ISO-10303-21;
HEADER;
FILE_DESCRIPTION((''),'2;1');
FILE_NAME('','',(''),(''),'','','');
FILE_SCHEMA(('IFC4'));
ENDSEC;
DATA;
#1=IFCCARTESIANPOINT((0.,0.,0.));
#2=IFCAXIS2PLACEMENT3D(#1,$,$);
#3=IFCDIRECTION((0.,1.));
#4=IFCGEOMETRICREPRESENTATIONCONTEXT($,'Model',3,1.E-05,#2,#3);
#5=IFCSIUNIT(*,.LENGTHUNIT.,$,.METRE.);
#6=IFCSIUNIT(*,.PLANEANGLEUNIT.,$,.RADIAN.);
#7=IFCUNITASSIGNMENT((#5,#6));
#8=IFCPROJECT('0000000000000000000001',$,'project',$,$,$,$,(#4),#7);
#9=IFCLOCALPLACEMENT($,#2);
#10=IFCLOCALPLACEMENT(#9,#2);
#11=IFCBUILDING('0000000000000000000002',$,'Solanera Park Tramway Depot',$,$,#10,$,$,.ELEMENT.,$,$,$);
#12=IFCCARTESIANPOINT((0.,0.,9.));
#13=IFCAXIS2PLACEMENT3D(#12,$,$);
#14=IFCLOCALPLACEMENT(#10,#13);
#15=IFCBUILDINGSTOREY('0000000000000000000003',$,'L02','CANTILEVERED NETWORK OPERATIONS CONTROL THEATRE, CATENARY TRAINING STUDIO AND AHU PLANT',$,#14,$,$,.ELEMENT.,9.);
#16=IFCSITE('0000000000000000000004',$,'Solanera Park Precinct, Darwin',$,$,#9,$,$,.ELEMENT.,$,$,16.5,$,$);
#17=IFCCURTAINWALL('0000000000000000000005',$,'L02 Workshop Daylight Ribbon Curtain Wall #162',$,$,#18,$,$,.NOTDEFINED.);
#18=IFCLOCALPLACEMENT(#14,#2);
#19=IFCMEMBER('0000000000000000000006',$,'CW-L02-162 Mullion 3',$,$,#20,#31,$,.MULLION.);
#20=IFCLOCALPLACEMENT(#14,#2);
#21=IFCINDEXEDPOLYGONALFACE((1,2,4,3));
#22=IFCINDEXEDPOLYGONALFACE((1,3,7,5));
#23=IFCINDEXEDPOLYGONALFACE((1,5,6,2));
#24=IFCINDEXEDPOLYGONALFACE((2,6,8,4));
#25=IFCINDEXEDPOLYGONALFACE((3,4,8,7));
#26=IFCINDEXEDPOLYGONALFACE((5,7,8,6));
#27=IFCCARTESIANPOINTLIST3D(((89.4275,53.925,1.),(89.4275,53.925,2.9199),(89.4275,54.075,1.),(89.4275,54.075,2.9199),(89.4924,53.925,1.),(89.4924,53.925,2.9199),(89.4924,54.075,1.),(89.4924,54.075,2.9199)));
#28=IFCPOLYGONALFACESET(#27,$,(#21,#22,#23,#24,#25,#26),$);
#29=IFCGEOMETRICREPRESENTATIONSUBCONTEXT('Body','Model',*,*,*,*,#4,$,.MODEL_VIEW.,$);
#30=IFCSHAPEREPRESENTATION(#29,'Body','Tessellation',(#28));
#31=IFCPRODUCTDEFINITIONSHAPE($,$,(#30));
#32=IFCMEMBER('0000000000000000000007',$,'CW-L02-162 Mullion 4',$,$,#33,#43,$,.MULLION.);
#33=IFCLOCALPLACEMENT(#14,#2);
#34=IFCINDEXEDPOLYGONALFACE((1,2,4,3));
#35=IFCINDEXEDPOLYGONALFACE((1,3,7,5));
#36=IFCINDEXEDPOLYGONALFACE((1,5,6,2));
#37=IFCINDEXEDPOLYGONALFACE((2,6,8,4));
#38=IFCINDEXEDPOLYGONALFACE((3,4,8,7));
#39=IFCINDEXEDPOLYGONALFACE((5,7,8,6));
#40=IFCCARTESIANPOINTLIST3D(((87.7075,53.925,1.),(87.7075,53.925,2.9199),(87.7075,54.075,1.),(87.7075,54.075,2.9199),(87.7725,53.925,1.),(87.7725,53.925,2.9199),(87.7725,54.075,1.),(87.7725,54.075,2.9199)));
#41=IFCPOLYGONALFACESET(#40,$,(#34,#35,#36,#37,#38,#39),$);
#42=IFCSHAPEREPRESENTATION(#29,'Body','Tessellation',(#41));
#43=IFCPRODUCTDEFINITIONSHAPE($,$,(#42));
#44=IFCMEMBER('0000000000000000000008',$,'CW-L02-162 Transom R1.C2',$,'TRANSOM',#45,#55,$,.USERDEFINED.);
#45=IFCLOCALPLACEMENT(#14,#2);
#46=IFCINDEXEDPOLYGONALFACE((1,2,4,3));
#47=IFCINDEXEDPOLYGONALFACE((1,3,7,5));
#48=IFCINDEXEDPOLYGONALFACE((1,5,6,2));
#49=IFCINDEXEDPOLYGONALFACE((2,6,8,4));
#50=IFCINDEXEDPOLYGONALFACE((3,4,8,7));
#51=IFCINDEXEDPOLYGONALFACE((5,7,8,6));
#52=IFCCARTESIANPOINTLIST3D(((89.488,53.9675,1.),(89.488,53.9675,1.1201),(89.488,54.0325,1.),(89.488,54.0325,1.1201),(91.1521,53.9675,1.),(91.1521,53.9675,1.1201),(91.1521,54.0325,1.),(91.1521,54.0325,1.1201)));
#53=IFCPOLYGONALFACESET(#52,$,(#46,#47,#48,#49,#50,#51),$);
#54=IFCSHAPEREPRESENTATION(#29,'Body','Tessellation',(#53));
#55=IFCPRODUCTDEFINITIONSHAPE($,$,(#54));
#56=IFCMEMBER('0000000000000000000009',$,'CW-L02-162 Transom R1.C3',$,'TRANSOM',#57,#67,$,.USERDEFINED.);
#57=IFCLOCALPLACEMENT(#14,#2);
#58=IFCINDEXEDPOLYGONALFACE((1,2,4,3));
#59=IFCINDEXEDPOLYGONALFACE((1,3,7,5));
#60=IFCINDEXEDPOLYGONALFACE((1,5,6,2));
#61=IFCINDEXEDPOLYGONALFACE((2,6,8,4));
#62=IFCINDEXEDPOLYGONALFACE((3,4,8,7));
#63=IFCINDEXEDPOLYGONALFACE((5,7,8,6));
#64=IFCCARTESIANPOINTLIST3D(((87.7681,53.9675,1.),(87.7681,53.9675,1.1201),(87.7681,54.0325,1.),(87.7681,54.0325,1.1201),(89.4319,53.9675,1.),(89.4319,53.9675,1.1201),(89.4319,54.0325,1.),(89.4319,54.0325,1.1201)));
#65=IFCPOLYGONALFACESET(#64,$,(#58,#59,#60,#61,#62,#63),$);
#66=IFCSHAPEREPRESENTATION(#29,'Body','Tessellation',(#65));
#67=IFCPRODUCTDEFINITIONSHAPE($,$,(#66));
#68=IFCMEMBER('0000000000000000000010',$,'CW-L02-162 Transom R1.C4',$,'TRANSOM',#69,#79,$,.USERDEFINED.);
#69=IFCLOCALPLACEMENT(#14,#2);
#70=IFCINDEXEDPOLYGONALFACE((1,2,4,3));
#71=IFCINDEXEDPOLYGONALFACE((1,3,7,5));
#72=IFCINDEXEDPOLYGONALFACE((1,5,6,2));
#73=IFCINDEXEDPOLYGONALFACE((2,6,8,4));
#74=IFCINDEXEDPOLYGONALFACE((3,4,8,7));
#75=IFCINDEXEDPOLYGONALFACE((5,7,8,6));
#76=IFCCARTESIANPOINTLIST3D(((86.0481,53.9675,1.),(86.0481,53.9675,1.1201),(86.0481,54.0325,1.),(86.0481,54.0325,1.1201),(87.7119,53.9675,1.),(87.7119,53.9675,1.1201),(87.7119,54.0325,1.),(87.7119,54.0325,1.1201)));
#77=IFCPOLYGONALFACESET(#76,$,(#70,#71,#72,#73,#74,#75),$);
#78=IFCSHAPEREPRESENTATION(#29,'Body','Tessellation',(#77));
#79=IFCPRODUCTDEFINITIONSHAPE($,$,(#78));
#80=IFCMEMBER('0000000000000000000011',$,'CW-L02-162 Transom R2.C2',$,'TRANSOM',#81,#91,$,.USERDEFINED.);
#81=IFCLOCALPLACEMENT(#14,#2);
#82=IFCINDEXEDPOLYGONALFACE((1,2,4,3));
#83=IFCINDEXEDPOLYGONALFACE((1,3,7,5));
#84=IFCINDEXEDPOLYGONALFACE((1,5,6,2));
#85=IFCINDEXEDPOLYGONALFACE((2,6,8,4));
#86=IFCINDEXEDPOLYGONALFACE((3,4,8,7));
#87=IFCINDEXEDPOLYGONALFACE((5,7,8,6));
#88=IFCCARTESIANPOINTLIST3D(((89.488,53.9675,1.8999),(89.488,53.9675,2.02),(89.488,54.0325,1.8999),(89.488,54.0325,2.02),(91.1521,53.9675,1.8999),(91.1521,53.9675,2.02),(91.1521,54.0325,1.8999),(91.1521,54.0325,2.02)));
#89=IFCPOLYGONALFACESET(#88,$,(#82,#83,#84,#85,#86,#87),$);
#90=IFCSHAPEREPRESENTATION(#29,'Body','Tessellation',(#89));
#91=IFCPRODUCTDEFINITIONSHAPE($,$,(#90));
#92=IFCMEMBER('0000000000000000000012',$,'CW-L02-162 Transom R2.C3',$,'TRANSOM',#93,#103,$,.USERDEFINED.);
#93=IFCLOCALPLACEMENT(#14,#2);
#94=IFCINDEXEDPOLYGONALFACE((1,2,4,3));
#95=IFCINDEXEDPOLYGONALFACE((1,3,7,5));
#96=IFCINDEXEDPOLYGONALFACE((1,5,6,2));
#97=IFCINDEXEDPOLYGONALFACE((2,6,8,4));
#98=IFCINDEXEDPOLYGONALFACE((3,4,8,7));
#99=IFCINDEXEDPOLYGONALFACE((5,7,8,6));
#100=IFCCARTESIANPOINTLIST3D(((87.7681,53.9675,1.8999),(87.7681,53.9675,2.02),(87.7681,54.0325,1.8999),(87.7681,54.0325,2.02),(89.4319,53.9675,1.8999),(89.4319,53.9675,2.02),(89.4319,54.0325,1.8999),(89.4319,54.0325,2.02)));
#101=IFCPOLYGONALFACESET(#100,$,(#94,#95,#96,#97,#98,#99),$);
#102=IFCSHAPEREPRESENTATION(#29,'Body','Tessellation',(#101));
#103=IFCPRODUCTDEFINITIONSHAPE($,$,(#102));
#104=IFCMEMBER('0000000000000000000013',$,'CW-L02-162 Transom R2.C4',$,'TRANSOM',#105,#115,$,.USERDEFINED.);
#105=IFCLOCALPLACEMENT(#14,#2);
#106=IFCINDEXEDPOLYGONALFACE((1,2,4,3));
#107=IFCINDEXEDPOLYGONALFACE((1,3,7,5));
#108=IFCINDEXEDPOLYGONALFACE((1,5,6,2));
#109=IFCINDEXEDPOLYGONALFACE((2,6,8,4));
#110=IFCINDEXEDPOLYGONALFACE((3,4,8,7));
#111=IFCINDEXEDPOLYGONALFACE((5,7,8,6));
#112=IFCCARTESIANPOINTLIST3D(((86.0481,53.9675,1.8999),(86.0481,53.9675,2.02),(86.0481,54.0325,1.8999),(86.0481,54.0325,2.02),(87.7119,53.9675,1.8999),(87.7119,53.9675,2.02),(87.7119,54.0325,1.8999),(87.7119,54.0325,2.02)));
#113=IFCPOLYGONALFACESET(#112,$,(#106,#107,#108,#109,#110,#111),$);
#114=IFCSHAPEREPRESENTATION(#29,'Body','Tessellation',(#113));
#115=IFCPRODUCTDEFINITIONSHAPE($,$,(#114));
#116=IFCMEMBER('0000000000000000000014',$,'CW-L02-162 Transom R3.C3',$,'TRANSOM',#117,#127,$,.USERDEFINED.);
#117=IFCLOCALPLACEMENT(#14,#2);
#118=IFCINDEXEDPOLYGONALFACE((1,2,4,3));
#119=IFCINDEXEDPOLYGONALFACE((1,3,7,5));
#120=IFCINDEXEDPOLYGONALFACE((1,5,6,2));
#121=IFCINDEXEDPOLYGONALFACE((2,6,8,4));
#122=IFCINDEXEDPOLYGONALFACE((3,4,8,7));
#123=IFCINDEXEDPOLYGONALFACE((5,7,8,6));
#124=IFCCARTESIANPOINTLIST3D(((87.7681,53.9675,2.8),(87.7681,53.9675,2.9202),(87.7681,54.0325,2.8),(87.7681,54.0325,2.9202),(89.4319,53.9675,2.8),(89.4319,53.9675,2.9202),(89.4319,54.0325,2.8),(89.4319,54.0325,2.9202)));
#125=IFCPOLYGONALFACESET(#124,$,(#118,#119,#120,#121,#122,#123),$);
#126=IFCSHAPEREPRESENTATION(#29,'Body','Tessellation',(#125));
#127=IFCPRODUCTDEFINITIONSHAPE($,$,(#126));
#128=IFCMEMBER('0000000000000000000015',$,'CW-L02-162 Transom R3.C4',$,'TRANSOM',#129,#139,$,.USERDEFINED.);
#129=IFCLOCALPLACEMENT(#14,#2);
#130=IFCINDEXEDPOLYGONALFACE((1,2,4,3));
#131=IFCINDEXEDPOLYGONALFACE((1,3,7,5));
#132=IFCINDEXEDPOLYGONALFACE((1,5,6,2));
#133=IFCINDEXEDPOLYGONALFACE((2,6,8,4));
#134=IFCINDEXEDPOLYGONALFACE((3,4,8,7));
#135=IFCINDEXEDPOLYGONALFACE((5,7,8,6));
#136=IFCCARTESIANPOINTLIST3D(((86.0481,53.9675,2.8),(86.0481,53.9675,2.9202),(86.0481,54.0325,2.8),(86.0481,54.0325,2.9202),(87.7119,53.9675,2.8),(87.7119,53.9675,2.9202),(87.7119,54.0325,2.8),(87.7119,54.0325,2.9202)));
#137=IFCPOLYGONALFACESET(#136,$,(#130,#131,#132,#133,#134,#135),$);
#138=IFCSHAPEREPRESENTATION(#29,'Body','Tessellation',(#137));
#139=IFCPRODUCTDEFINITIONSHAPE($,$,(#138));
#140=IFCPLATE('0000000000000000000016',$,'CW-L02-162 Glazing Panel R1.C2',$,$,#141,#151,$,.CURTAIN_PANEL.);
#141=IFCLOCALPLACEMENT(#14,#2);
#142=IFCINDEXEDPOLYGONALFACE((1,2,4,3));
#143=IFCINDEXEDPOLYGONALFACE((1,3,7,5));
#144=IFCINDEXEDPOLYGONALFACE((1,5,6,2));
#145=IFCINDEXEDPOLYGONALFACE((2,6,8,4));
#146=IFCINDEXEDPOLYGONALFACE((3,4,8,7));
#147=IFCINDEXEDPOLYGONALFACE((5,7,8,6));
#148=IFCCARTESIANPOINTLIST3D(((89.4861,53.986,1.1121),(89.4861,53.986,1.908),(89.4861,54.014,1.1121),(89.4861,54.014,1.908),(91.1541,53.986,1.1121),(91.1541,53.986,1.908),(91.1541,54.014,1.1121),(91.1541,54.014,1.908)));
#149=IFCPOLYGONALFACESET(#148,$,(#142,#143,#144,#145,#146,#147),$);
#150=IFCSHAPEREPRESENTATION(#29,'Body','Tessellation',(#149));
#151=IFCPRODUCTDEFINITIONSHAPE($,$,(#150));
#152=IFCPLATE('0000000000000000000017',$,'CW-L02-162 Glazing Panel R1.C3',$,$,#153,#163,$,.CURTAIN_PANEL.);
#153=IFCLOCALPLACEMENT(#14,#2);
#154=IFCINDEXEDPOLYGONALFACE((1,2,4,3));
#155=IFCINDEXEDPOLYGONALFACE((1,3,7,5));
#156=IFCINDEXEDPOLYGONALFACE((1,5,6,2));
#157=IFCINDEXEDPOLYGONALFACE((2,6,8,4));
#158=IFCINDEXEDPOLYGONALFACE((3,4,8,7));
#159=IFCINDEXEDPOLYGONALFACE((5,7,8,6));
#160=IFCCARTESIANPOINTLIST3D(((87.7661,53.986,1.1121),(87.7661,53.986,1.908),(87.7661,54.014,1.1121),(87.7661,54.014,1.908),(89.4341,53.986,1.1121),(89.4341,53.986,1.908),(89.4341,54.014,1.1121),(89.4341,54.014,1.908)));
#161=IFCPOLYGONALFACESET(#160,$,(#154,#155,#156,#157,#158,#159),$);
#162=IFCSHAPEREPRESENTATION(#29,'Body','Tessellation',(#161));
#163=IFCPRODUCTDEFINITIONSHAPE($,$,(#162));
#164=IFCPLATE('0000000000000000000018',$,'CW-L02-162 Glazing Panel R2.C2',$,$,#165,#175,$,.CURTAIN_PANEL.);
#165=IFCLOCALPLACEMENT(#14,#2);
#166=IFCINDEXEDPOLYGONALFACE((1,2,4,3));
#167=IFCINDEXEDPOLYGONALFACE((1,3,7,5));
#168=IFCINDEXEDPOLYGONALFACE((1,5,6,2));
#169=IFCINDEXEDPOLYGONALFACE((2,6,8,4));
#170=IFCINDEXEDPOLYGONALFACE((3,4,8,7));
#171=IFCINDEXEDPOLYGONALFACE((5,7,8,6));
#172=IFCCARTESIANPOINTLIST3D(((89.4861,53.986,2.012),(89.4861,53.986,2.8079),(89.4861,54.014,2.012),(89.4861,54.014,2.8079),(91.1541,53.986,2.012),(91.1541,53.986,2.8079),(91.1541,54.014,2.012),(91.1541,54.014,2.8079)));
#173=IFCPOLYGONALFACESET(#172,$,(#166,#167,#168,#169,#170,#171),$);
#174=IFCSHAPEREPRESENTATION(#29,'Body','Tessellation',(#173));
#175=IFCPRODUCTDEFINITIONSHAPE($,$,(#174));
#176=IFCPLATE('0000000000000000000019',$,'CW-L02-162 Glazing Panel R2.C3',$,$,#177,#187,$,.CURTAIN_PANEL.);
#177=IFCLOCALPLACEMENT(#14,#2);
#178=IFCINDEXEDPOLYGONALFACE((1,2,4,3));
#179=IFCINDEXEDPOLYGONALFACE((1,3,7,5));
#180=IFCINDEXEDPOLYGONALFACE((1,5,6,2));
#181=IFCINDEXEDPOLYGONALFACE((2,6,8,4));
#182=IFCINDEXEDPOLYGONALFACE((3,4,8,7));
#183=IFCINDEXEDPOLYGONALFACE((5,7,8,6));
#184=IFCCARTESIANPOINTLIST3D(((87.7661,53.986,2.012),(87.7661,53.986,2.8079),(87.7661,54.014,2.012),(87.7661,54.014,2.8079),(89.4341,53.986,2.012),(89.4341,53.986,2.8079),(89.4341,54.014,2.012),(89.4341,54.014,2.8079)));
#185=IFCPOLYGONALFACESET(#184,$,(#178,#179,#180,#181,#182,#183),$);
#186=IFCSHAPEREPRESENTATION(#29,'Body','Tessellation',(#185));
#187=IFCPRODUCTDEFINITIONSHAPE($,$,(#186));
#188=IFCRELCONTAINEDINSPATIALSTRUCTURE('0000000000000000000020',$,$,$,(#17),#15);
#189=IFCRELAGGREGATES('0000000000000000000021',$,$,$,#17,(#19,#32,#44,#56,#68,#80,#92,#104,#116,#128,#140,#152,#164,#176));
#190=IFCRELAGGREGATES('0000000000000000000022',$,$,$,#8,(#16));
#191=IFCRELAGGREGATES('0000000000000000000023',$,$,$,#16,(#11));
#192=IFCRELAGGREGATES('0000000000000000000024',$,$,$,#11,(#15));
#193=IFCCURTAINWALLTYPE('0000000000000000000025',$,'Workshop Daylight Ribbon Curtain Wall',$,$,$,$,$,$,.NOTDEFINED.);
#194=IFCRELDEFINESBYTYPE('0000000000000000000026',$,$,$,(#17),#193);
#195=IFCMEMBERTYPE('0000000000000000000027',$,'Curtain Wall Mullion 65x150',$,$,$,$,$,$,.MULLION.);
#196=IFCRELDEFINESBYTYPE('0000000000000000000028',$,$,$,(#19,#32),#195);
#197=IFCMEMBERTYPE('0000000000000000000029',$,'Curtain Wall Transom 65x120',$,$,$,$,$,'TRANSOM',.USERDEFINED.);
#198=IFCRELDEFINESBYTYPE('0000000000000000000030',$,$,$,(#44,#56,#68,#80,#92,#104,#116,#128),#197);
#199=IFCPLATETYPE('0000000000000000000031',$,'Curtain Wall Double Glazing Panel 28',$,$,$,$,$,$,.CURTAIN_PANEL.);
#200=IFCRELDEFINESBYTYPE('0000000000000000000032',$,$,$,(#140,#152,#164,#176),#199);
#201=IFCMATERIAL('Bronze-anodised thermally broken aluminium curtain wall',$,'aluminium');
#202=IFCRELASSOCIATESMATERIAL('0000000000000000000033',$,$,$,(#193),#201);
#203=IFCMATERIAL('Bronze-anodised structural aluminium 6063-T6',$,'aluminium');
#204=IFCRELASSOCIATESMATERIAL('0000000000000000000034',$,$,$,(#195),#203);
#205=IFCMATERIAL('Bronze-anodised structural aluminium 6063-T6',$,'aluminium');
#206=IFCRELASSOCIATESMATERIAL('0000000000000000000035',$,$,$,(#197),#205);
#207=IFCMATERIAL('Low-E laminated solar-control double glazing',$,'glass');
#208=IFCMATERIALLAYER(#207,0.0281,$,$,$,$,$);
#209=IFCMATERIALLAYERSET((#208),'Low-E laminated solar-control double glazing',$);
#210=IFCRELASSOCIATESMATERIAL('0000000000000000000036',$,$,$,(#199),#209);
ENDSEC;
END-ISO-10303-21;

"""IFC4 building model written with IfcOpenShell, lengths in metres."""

from ifc_helpers import new_model, si_unit, direction, frame, origin, origin_2d, place, context, subcontext, project, spatial, rectangle, extrude, material, layer, layer_set, material_profile, profile_set, type_object, element, aggregate, save


model = new_model("IFC4")

# Units and contexts
model_context = context("Model", 3, precision=1e-05, world=origin(), true_north=direction((0.0, 1.0)))
body_context = subcontext(model_context, "Body", "Model", "MODEL_VIEW")
ifc_project = project(units=[si_unit("LENGTHUNIT", "METRE"), si_unit("PLANEANGLEUNIT", "RADIAN")], contexts=[model_context])

# Site, building, storey
site_placement = place(None, origin())
site = spatial("IfcSite", under=ifc_project, at=site_placement, Name="Solanera Park Precinct, Darwin", CompositionType="ELEMENT", RefElevation=16.5)
building_placement = place(site_placement, origin())
building = spatial("IfcBuilding", under=site, at=building_placement, Name="Solanera Park Tramway Depot", CompositionType="ELEMENT")
storey_placement = place(building_placement, frame((0.0, 0.0, 9.0)))
storey = spatial("IfcBuildingStorey", under=building, at=storey_placement, Name="L02", Description="CANTILEVERED NETWORK OPERATIONS CONTROL THEATRE, CATENARY TRAINING STUDIO AND AHU PLANT", CompositionType="ELEMENT", Elevation=9.0)

# Curtain wall, members, plates
ifc_material_1 = material(Name="Bronze-anodised thermally broken aluminium curtain wall", Category="aluminium")
curtain_wall_type = type_object("IfcCurtainWallType", Name="Workshop Daylight Ribbon Curtain Wall", PredefinedType="NOTDEFINED", material=ifc_material_1)
curtain_wall_placement = place(storey_placement, origin())
curtain_wall = element("IfcCurtainWall", 1, at=curtain_wall_placement, inside=storey, type_object=curtain_wall_type, Name="L02 Workshop Daylight Ribbon Curtain Wall #162", PredefinedType="NOTDEFINED")
ifc_material_2 = material(Name="Bronze-anodised structural aluminium 6063-T6", Category="aluminium")
ifc_material_profile_1 = material_profile(ifc_material_2, rectangle(XDim=0.0649, YDim=0.1499, at=origin_2d()), Name="Curtain Wall Mullion 65x150")
ifc_profile_set_1 = profile_set([ifc_material_profile_1], Name="Bronze-anodised structural aluminium 6063-T6")
member_type_1 = type_object("IfcMemberType", Name="Curtain Wall Mullion 65x150", PredefinedType="MULLION", material=ifc_profile_set_1)
member_1_placement = place(storey_placement, frame((89.46, 54.0, 1.0), z_axis=(0.0, 0.0, 1.0), x_axis=(1.0, 0.0, 0.0)))
member_1 = element("IfcMember", 2, at=member_1_placement, type_object=member_type_1, Name="CW-L02-162 Mullion 3", PredefinedType="MULLION", context=body_context, shape_type="SweptSolid", body=[
    extrude(rectangle(XDim=0.0649, YDim=0.1499, at=origin_2d()), origin(), (0.0, 0.0, 1.0), 1.9199),
])
member_2_placement = place(storey_placement, frame((87.74, 54.0, 1.0), z_axis=(0.0, 0.0, 1.0), x_axis=(1.0, 0.0, 0.0)))
member_2 = element("IfcMember", 3, at=member_2_placement, type_object=member_type_1, Name="CW-L02-162 Mullion 4", PredefinedType="MULLION", context=body_context, shape_type="SweptSolid", body=[
    extrude(rectangle(XDim=0.0649, YDim=0.1499, at=origin_2d()), origin(), (0.0, 0.0, 1.0), 1.9199),
])
ifc_material_3 = material(Name="Bronze-anodised structural aluminium 6063-T6", Category="aluminium")
ifc_material_profile_2 = material_profile(ifc_material_3, rectangle(XDim=0.0649, YDim=0.1201, at=origin_2d()), Name="Curtain Wall Transom 65x120")
ifc_profile_set_2 = profile_set([ifc_material_profile_2], Name="Bronze-anodised structural aluminium 6063-T6")
member_type_2 = type_object("IfcMemberType", Name="Curtain Wall Transom 65x120", ElementType="TRANSOM", PredefinedType="USERDEFINED", material=ifc_profile_set_2)
member_3_placement = place(storey_placement, frame((91.1521, 54.0, 1.0601), z_axis=(-1.0, 0.0, 0.0), x_axis=(0.0, -1.0, 0.0)))
member_3 = element("IfcMember", 4, at=member_3_placement, type_object=member_type_2, Name="CW-L02-162 Transom R1.C2", ObjectType="TRANSOM", PredefinedType="USERDEFINED", context=body_context, shape_type="SweptSolid", body=[
    extrude(rectangle(XDim=0.0649, YDim=0.1201, at=origin_2d()), origin(), (0.0, 0.0, 1.0), 1.6641),
])
member_4_placement = place(storey_placement, frame((89.4319, 54.0, 1.0601), z_axis=(-1.0, 0.0, 0.0), x_axis=(0.0, -1.0, 0.0)))
member_4 = element("IfcMember", 5, at=member_4_placement, type_object=member_type_2, Name="CW-L02-162 Transom R1.C3", ObjectType="TRANSOM", PredefinedType="USERDEFINED", context=body_context, shape_type="SweptSolid", body=[
    extrude(rectangle(XDim=0.0649, YDim=0.1201, at=origin_2d()), origin(), (0.0, 0.0, 1.0), 1.6638),
])
member_5_placement = place(storey_placement, frame((87.7119, 54.0, 1.0601), z_axis=(-1.0, 0.0, 0.0), x_axis=(0.0, -1.0, 0.0)))
member_5 = element("IfcMember", 6, at=member_5_placement, type_object=member_type_2, Name="CW-L02-162 Transom R1.C4", ObjectType="TRANSOM", PredefinedType="USERDEFINED", context=body_context, shape_type="SweptSolid", body=[
    extrude(rectangle(XDim=0.0649, YDim=0.1201, at=origin_2d()), origin(), (0.0, 0.0, 1.0), 1.6638),
])
member_6_placement = place(storey_placement, frame((91.1521, 54.0, 1.96), z_axis=(-1.0, 0.0, 0.0), x_axis=(0.0, -1.0, 0.0)))
member_6 = element("IfcMember", 7, at=member_6_placement, type_object=member_type_2, Name="CW-L02-162 Transom R2.C2", ObjectType="TRANSOM", PredefinedType="USERDEFINED", context=body_context, shape_type="SweptSolid", body=[
    extrude(rectangle(XDim=0.0649, YDim=0.1201, at=origin_2d()), origin(), (0.0, 0.0, 1.0), 1.6641),
])
member_7_placement = place(storey_placement, frame((89.4319, 54.0, 1.96), z_axis=(-1.0, 0.0, 0.0), x_axis=(0.0, -1.0, 0.0)))
member_7 = element("IfcMember", 8, at=member_7_placement, type_object=member_type_2, Name="CW-L02-162 Transom R2.C3", ObjectType="TRANSOM", PredefinedType="USERDEFINED", context=body_context, shape_type="SweptSolid", body=[
    extrude(rectangle(XDim=0.0649, YDim=0.1201, at=origin_2d()), origin(), (0.0, 0.0, 1.0), 1.6638),
])
member_8_placement = place(storey_placement, frame((87.7119, 54.0, 1.96), z_axis=(-1.0, 0.0, 0.0), x_axis=(0.0, -1.0, 0.0)))
member_8 = element("IfcMember", 9, at=member_8_placement, type_object=member_type_2, Name="CW-L02-162 Transom R2.C4", ObjectType="TRANSOM", PredefinedType="USERDEFINED", context=body_context, shape_type="SweptSolid", body=[
    extrude(rectangle(XDim=0.0649, YDim=0.1201, at=origin_2d()), origin(), (0.0, 0.0, 1.0), 1.6638),
])
member_9_placement = place(storey_placement, frame((89.4319, 54.0, 2.8601), z_axis=(-1.0, 0.0, 0.0), x_axis=(0.0, -1.0, 0.0)))
member_9 = element("IfcMember", 10, at=member_9_placement, type_object=member_type_2, Name="CW-L02-162 Transom R3.C3", ObjectType="TRANSOM", PredefinedType="USERDEFINED", context=body_context, shape_type="SweptSolid", body=[
    extrude(rectangle(XDim=0.0649, YDim=0.1201, at=origin_2d()), origin(), (0.0, 0.0, 1.0), 1.6638),
])
member_10_placement = place(storey_placement, frame((87.7119, 54.0, 2.8601), z_axis=(-1.0, 0.0, 0.0), x_axis=(0.0, -1.0, 0.0)))
member_10 = element("IfcMember", 11, at=member_10_placement, type_object=member_type_2, Name="CW-L02-162 Transom R3.C4", ObjectType="TRANSOM", PredefinedType="USERDEFINED", context=body_context, shape_type="SweptSolid", body=[
    extrude(rectangle(XDim=0.0649, YDim=0.1201, at=origin_2d()), origin(), (0.0, 0.0, 1.0), 1.6638),
])
ifc_material_4 = material(Name="Low-E laminated solar-control double glazing", Category="glass")
ifc_layer = layer(ifc_material_4, 0.0281)
ifc_layer_set = layer_set([ifc_layer], Name="Low-E laminated solar-control double glazing")
plate_type = type_object("IfcPlateType", Name="Curtain Wall Double Glazing Panel 28", PredefinedType="CURTAIN_PANEL", material=ifc_layer_set)
plate_1_placement = place(storey_placement, frame((90.3201, 54.0, 1.1121), z_axis=(0.0, 0.0, 1.0), x_axis=(-1.0, 0.0, 0.0)))
plate_1 = element("IfcPlate", 12, at=plate_1_placement, type_object=plate_type, Name="CW-L02-162 Glazing Panel R1.C2", PredefinedType="CURTAIN_PANEL", context=body_context, shape_type="SweptSolid", body=[
    extrude(rectangle(XDim=1.668, YDim=0.0281, at=origin_2d()), origin(), (0.0, 0.0, 1.0), 0.7959),
])
plate_2_placement = place(storey_placement, frame((88.6001, 54.0, 1.1121), z_axis=(0.0, 0.0, 1.0), x_axis=(-1.0, 0.0, 0.0)))
plate_2 = element("IfcPlate", 13, at=plate_2_placement, type_object=plate_type, Name="CW-L02-162 Glazing Panel R1.C3", PredefinedType="CURTAIN_PANEL", context=body_context, shape_type="SweptSolid", body=[
    extrude(rectangle(XDim=1.668, YDim=0.0281, at=origin_2d()), origin(), (0.0, 0.0, 1.0), 0.7959),
])
plate_3_placement = place(storey_placement, frame((90.3201, 54.0, 2.012), z_axis=(0.0, 0.0, 1.0), x_axis=(-1.0, 0.0, 0.0)))
plate_3 = element("IfcPlate", 14, at=plate_3_placement, type_object=plate_type, Name="CW-L02-162 Glazing Panel R2.C2", PredefinedType="CURTAIN_PANEL", context=body_context, shape_type="SweptSolid", body=[
    extrude(rectangle(XDim=1.668, YDim=0.0281, at=origin_2d()), origin(), (0.0, 0.0, 1.0), 0.7959),
])
plate_4_placement = place(storey_placement, frame((88.6001, 54.0, 2.012), z_axis=(0.0, 0.0, 1.0), x_axis=(-1.0, 0.0, 0.0)))
plate_4 = element("IfcPlate", 15, at=plate_4_placement, type_object=plate_type, Name="CW-L02-162 Glazing Panel R2.C3", PredefinedType="CURTAIN_PANEL", context=body_context, shape_type="SweptSolid", body=[
    extrude(rectangle(XDim=1.668, YDim=0.0281, at=origin_2d()), origin(), (0.0, 0.0, 1.0), 0.7959),
])
aggregate(curtain_wall, [member_1, member_2, member_3, member_4, member_5, member_6, member_7, member_8, member_9, member_10, plate_1, plate_2, plate_3, plate_4])

save(model, "model.ifc")
